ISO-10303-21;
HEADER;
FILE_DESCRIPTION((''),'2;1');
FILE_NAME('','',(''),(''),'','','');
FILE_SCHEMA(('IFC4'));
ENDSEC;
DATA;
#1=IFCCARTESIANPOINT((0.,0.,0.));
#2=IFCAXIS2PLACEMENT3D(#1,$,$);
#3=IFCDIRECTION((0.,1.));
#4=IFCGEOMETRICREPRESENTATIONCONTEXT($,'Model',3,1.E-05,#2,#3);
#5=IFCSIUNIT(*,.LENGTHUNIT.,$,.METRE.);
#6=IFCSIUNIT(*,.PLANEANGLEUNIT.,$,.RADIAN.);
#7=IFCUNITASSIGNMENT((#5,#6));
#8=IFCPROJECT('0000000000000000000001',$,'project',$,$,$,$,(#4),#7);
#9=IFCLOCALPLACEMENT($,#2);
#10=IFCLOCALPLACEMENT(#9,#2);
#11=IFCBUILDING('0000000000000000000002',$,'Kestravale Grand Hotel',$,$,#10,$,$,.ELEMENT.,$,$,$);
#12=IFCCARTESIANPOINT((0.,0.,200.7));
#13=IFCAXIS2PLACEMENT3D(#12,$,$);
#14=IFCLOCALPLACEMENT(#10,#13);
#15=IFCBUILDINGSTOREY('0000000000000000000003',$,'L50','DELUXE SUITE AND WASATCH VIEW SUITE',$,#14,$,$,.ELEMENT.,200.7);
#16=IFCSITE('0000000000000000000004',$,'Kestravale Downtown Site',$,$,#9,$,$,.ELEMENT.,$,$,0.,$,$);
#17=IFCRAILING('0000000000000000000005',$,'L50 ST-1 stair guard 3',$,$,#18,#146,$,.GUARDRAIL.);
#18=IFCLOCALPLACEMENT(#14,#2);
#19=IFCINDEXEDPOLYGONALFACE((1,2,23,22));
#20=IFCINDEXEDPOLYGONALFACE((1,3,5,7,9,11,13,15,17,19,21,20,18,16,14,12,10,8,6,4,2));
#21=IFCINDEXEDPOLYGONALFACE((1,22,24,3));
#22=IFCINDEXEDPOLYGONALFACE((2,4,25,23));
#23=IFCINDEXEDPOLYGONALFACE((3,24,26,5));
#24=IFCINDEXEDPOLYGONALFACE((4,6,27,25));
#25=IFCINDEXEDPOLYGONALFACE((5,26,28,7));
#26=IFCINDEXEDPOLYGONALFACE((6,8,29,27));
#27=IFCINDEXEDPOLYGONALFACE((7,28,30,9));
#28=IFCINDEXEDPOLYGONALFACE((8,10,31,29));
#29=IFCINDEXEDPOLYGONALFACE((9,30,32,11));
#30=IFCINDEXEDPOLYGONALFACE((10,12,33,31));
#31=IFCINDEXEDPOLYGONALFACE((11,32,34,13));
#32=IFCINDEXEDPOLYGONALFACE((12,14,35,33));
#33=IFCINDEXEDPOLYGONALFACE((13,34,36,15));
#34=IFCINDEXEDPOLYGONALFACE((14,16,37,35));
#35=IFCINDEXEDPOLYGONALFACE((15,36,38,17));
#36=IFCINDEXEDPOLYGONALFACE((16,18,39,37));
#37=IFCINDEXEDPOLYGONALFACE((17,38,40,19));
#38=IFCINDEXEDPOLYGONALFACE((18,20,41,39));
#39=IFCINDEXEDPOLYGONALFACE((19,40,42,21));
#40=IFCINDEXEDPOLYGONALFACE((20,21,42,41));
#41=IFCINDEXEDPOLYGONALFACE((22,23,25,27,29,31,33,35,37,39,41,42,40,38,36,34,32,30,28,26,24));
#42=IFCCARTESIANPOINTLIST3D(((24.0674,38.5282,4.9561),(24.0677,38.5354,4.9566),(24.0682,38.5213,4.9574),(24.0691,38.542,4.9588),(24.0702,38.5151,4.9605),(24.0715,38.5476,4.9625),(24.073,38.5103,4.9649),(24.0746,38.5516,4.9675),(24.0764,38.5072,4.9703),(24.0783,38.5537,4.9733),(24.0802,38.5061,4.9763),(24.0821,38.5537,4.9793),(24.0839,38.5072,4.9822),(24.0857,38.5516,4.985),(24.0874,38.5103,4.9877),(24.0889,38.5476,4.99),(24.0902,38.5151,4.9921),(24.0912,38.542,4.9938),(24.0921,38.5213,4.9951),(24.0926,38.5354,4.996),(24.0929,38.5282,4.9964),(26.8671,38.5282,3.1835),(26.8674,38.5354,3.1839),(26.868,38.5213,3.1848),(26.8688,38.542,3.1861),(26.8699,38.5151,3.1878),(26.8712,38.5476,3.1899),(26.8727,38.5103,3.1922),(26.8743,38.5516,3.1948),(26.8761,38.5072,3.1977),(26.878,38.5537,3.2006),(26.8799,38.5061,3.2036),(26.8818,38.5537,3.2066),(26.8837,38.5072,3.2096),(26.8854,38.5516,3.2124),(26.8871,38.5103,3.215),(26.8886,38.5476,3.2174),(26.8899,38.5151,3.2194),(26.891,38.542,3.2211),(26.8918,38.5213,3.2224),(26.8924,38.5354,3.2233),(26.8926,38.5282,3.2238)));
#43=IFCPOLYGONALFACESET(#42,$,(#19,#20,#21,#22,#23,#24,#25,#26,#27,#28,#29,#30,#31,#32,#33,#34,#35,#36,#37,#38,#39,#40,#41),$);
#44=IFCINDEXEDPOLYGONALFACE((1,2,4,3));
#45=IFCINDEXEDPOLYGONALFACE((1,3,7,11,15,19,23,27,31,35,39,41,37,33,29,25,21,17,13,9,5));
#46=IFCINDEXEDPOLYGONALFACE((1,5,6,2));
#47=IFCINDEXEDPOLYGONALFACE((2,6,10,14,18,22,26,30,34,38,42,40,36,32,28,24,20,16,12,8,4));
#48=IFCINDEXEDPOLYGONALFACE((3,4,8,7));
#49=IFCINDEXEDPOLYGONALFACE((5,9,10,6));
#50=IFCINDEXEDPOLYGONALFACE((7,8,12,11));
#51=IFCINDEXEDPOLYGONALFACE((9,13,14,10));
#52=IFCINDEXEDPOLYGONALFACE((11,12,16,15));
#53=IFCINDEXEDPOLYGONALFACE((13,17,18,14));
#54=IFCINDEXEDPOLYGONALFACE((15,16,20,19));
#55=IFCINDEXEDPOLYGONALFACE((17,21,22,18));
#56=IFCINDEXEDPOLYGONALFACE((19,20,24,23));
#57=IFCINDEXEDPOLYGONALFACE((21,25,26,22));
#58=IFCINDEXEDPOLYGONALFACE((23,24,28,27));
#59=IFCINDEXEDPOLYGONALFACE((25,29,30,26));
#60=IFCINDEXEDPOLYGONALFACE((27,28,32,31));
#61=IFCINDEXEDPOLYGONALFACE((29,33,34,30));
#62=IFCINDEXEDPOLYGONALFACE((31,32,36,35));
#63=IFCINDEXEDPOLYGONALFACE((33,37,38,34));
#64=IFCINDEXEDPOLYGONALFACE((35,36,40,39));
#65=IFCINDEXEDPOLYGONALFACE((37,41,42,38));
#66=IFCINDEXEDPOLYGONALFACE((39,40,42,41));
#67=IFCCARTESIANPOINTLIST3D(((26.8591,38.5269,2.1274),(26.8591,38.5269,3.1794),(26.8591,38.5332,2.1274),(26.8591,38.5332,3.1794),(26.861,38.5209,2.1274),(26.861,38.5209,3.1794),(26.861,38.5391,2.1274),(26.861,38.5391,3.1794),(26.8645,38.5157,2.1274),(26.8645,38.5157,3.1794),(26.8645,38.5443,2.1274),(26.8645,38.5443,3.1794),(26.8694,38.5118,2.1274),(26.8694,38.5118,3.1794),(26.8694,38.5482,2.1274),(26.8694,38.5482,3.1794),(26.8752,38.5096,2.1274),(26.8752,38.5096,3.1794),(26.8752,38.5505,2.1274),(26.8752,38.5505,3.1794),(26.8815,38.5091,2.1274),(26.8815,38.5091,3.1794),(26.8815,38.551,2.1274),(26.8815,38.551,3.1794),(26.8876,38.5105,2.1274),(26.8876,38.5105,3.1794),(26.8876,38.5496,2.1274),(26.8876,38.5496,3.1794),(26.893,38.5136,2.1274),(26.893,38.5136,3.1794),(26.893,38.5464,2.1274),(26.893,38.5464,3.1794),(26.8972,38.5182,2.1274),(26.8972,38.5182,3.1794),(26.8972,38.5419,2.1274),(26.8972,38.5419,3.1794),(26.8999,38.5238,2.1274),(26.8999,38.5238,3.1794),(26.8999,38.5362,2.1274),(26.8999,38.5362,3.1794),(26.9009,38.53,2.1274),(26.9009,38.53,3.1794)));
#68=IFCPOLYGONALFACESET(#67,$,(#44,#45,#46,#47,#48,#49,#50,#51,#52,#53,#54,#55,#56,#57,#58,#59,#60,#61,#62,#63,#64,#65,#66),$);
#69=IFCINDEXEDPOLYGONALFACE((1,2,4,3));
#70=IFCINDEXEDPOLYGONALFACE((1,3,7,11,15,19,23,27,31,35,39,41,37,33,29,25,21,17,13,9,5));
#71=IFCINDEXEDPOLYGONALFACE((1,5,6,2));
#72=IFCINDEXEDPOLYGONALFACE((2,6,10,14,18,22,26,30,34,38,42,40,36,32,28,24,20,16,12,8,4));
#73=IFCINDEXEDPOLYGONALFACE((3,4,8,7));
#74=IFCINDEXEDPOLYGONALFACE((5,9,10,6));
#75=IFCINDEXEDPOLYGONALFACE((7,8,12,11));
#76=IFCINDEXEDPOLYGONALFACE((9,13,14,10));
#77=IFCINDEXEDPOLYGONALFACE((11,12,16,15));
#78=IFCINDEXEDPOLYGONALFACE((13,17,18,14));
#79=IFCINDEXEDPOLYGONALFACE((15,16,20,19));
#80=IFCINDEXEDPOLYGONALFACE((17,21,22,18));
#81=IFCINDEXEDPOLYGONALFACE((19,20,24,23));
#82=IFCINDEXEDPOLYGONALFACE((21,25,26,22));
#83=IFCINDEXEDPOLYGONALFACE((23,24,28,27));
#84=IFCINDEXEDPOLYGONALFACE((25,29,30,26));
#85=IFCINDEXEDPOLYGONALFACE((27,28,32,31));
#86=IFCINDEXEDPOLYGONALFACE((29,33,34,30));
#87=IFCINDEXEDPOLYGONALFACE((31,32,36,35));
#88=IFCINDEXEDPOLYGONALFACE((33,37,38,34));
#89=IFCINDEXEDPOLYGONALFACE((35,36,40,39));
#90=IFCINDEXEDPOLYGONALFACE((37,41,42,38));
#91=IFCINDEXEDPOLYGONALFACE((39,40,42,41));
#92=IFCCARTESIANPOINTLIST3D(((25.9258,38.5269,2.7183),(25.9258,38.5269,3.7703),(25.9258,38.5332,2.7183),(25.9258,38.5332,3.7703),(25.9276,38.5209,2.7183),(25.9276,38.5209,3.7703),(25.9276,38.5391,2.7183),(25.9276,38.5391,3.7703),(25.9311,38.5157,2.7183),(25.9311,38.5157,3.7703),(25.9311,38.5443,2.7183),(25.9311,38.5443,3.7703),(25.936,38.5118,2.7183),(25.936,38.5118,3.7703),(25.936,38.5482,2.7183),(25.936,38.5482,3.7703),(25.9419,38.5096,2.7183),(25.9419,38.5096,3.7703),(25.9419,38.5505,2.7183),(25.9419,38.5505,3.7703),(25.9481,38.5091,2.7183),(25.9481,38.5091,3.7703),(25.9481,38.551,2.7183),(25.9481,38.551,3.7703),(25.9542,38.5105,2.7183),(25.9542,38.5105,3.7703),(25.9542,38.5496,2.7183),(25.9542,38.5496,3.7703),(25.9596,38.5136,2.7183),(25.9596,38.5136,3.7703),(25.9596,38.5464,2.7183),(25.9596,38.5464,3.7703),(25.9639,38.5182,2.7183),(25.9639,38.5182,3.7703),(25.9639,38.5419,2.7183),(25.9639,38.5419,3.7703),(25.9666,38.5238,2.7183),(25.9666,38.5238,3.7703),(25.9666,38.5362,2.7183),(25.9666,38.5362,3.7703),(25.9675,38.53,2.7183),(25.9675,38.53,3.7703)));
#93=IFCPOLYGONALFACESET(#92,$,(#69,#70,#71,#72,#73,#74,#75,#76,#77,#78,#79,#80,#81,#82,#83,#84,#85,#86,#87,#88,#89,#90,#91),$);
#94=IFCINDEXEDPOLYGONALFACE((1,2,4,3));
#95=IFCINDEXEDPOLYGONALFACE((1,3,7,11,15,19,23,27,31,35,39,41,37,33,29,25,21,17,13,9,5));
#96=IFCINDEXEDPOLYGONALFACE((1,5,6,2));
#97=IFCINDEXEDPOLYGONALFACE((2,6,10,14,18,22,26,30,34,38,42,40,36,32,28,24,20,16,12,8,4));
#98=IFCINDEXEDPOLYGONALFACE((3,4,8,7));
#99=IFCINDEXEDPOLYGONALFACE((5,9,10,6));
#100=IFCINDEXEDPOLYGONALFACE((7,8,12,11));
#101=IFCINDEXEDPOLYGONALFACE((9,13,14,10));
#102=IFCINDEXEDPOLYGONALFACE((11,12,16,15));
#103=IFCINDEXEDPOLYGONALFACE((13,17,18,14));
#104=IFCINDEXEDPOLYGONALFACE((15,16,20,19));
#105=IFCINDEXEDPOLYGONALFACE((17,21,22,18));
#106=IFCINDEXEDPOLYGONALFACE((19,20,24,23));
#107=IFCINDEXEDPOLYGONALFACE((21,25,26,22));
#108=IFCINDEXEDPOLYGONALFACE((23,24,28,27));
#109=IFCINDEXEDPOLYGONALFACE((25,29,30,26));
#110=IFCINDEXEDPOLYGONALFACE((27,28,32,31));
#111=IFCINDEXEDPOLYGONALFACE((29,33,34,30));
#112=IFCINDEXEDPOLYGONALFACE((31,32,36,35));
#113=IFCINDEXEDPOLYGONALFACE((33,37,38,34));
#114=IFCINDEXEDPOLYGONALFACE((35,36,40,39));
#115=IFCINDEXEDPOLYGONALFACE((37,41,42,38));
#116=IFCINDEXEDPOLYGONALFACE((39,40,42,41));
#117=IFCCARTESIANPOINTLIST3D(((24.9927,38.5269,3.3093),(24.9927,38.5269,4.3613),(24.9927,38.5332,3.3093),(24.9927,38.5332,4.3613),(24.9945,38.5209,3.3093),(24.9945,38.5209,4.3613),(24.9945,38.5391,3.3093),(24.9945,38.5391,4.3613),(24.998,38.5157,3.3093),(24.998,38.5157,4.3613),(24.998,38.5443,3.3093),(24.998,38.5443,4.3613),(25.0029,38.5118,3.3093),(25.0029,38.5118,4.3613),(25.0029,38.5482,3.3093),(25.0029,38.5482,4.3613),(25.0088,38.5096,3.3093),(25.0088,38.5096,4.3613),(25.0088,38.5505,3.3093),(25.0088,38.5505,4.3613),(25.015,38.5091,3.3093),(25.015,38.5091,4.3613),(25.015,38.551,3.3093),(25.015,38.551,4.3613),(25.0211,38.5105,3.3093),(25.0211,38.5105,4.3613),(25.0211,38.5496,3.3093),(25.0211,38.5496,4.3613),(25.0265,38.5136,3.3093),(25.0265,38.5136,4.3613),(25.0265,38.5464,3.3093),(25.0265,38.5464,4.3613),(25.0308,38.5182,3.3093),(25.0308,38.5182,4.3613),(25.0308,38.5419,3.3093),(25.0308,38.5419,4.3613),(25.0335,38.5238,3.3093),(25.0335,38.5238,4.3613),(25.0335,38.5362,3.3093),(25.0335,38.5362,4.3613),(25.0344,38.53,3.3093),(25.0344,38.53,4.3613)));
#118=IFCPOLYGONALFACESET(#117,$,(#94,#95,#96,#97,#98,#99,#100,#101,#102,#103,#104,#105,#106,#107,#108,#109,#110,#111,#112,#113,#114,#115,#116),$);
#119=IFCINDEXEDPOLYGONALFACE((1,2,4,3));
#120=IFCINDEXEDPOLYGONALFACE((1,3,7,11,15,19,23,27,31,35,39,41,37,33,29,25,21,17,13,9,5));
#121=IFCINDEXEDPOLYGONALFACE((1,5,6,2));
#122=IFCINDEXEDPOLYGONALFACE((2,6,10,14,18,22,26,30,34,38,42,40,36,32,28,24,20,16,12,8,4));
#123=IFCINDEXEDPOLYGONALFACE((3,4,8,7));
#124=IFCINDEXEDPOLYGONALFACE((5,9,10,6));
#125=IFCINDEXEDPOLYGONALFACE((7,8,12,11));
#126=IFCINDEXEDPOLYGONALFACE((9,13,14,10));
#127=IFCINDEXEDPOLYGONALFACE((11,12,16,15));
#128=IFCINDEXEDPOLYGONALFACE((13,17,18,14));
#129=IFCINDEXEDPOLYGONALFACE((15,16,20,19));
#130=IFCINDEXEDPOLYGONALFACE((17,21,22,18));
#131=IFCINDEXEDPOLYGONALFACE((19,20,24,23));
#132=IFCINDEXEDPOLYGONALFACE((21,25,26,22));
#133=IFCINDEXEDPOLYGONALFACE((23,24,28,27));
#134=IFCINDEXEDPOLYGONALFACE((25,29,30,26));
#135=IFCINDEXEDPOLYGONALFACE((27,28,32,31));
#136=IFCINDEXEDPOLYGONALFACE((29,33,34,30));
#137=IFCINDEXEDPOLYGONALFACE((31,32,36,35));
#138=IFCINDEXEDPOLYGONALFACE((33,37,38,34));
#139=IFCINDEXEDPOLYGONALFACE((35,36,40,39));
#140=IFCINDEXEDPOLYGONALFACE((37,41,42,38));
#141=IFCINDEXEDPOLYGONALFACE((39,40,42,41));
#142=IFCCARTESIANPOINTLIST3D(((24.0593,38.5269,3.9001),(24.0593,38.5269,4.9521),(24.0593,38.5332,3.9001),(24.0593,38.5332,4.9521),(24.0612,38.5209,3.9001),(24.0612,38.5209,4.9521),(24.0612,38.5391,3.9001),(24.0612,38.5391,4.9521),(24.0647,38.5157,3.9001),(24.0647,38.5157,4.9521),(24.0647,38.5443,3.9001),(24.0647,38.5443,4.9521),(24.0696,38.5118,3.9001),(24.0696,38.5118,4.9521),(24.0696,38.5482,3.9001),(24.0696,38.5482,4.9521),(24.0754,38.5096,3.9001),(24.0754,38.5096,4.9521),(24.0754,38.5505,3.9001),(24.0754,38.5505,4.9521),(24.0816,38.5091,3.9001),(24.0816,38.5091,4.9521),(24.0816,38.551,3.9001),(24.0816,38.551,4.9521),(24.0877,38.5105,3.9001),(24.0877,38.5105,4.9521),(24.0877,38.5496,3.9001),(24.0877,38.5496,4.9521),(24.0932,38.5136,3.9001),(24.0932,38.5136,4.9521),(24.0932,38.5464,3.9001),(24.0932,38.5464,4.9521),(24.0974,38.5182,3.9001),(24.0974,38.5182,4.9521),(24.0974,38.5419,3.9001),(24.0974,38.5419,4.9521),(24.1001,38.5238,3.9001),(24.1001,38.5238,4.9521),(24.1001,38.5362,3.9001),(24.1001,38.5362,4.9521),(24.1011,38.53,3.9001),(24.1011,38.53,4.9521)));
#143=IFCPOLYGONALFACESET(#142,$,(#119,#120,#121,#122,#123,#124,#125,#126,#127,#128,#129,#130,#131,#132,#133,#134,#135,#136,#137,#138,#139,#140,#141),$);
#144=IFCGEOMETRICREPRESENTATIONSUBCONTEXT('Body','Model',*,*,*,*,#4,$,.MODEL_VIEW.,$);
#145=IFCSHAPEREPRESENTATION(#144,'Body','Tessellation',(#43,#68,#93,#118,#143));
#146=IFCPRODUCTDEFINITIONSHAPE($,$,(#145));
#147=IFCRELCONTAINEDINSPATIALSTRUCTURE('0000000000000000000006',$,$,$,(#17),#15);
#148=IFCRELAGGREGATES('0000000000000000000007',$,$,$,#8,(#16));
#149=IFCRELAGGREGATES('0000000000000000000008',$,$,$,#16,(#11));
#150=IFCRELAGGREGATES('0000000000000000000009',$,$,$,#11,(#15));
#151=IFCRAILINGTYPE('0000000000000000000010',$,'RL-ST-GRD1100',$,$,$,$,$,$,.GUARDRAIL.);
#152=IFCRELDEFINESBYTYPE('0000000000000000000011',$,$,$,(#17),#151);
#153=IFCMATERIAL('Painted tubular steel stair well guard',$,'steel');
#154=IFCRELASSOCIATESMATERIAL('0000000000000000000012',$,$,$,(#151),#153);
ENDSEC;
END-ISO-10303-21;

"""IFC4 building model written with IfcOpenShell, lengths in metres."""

from ifc_helpers import new_model, si_unit, direction, frame, origin, origin_2d, place, context, subcontext, project, spatial, circle, extrude, material, type_object, element, save


model = new_model("IFC4")

# Units and contexts
model_context = context("Model", 3, precision=1e-05, world=origin(), true_north=direction((0.0, 1.0)))
body_context = subcontext(model_context, "Body", "Model", "MODEL_VIEW")
ifc_project = project(units=[si_unit("LENGTHUNIT", "METRE"), si_unit("PLANEANGLEUNIT", "RADIAN")], contexts=[model_context])

# Site, building, storey
site_placement = place(None, origin())
site = spatial("IfcSite", under=ifc_project, at=site_placement, Name="Kestravale Downtown Site", CompositionType="ELEMENT", RefElevation=0.0)
building_placement = place(site_placement, origin())
building = spatial("IfcBuilding", under=site, at=building_placement, Name="Kestravale Grand Hotel", CompositionType="ELEMENT")
storey_placement = place(building_placement, frame((0.0, 0.0, 200.7)))
storey = spatial("IfcBuildingStorey", under=building, at=storey_placement, Name="L50", Description="DELUXE SUITE AND WASATCH VIEW SUITE", CompositionType="ELEMENT", Elevation=200.7)

# Railing
ifc_material_1 = material(Name="Painted tubular steel stair well guard", Category="steel")
railing_type_1 = type_object("IfcRailingType", Name="RL-ST-GRD1100", PredefinedType="GUARDRAIL", material=ifc_material_1)
railing_1_placement = place(storey_placement, frame((26.8799, 38.53, 2.1274)))
element("IfcRailing", 1, at=railing_1_placement, inside=storey, type_object=railing_type_1, Name="L50 ST-1 stair guard 3", PredefinedType="GUARDRAIL", context=body_context, shape_type="SweptSolid", body=[
    extrude(circle(Radius=0.0239, at=origin_2d()), frame((0.0, 0.0, 1.0762), z_axis=(-0.844888, 0.0, 0.534943), x_axis=(0.0, -1.0, 0.0)), (0.0, 0.0, 1.0), 3.3137),
    extrude(circle(Radius=0.021, at=origin_2d()), origin(), (0.0, 0.0, 1.0), 1.052),
    extrude(circle(Radius=0.021, at=origin_2d()), frame((-0.9333, 0.0, 0.5908)), (0.0, 0.0, 1.0), 1.052),
    extrude(circle(Radius=0.021, at=origin_2d()), frame((-1.8665, 0.0, 1.1819)), (0.0, 0.0, 1.0), 1.052),
    extrude(circle(Radius=0.021, at=origin_2d()), frame((-2.7998, 0.0, 1.7727)), (0.0, 0.0, 1.0), 1.052),
])

save(model, "model.ifc")
